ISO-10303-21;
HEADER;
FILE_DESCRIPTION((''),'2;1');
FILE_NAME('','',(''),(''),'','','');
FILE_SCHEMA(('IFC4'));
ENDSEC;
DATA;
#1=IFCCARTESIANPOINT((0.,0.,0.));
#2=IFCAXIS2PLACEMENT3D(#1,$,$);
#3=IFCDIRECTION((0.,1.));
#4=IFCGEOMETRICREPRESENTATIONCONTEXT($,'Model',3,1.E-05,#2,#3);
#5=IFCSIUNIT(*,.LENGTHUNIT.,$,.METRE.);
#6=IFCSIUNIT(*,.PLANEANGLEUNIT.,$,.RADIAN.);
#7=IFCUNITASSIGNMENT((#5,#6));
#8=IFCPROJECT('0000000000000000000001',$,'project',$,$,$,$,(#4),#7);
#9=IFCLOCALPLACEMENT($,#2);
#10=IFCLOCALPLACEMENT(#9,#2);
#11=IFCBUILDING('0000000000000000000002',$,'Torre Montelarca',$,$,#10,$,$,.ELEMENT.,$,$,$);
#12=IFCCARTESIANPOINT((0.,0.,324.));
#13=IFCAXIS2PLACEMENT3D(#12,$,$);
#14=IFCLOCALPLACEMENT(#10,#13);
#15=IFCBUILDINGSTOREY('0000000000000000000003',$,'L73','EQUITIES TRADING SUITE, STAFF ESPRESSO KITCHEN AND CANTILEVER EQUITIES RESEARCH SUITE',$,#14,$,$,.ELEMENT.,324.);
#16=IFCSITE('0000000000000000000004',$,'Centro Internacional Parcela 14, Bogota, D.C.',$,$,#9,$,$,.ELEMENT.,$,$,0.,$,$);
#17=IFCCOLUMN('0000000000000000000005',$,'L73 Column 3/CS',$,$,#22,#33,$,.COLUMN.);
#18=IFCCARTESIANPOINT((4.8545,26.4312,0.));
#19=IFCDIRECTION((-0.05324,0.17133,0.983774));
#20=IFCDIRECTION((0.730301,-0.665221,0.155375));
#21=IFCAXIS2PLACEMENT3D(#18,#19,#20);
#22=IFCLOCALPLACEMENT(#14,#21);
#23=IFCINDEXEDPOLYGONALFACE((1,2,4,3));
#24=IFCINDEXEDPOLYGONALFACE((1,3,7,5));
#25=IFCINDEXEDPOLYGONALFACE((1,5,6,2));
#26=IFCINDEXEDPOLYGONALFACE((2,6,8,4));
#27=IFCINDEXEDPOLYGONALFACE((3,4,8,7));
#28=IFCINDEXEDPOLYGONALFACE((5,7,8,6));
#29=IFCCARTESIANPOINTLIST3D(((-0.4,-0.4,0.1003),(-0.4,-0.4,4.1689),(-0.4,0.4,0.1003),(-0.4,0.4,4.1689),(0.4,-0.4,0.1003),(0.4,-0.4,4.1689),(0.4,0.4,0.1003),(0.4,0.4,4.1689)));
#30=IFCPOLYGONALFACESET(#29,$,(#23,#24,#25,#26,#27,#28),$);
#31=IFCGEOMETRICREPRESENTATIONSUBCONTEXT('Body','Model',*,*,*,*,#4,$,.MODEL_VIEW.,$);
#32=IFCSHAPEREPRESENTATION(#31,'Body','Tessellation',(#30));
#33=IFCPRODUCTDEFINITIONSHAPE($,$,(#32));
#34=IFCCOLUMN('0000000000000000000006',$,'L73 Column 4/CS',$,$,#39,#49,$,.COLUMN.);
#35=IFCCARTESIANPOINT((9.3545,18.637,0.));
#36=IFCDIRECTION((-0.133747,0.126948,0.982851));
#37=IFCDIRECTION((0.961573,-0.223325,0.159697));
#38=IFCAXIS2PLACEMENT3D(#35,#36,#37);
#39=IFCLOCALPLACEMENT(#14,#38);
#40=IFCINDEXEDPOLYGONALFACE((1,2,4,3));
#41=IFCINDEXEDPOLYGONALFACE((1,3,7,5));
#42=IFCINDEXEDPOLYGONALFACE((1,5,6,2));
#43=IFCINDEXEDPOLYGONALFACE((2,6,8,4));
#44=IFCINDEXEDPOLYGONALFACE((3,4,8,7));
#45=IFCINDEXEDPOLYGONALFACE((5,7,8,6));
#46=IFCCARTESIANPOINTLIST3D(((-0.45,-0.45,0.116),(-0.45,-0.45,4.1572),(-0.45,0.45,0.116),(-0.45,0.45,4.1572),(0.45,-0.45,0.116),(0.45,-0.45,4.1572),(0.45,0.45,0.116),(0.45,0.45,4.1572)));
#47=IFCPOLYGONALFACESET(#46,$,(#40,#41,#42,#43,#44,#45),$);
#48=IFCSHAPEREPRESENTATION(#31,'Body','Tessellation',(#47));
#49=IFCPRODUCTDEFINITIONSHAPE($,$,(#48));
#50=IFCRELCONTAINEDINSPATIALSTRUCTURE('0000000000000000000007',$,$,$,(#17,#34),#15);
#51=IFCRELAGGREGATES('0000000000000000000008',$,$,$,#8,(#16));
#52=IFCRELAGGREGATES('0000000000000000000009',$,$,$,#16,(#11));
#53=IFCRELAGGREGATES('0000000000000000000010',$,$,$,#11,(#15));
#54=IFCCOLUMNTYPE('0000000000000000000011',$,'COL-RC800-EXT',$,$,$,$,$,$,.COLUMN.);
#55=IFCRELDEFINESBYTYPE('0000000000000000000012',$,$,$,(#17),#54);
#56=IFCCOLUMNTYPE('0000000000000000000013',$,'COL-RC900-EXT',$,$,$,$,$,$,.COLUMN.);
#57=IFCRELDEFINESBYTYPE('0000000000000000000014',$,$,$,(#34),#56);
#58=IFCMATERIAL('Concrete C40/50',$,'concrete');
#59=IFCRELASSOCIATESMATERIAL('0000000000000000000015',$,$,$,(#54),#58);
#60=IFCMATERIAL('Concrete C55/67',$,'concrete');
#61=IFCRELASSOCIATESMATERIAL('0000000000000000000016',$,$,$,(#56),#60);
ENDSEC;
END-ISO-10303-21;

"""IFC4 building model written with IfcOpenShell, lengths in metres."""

from ifc_helpers import new_model, si_unit, direction, frame, origin, origin_2d, place, context, subcontext, project, spatial, rectangle, extrude, clip, halfspace, material, material_profile, profile_set, type_object, element, save


model = new_model("IFC4")

# Units and contexts
model_context = context("Model", 3, precision=1e-05, world=origin(), true_north=direction((0.0, 1.0)))
body_context = subcontext(model_context, "Body", "Model", "MODEL_VIEW")
ifc_project = project(units=[si_unit("LENGTHUNIT", "METRE"), si_unit("PLANEANGLEUNIT", "RADIAN")], contexts=[model_context])

# Site, building, storey
site_placement = place(None, origin())
site = spatial("IfcSite", under=ifc_project, at=site_placement, Name="Centro Internacional Parcela 14, Bogota, D.C.", CompositionType="ELEMENT", RefElevation=0.0)
building_placement = place(site_placement, origin())
building = spatial("IfcBuilding", under=site, at=building_placement, Name="Torre Montelarca", CompositionType="ELEMENT")
storey_placement = place(building_placement, frame((0.0, 0.0, 324.0)))
storey = spatial("IfcBuildingStorey", under=building, at=storey_placement, Name="L73", Description="EQUITIES TRADING SUITE, STAFF ESPRESSO KITCHEN AND CANTILEVER EQUITIES RESEARCH SUITE", CompositionType="ELEMENT", Elevation=324.0)

# Columns
ifc_material_1 = material(Name="Concrete C40/50", Category="concrete")
ifc_material_profile_1 = material_profile(ifc_material_1, rectangle(XDim=0.8, YDim=0.8, at=origin_2d()), Name="RC800X800", Category="concrete")
ifc_profile_set_1 = profile_set([ifc_material_profile_1], Name="Concrete C40/50")
column_type_1 = type_object("IfcColumnType", Name="COL-RC800-EXT", PredefinedType="COLUMN", material=ifc_profile_set_1)
column_1_placement = place(storey_placement, frame((4.8545, 26.4312, 0.0), z_axis=(-0.05324, 0.17133, 0.983774), x_axis=(0.730301, -0.665221, 0.155375)))
element("IfcColumn", 1, at=column_1_placement, inside=storey, type_object=column_type_1, Name="L73 Column 3/CS", PredefinedType="COLUMN", context=body_context, shape_type="Clipping", body=[
    clip(clip(extrude(rectangle(XDim=0.8, YDim=0.8, at=origin_2d()), origin(), (0.0, 0.0, 1.0), 4.2693), halfspace(frame((0.0, 0.0, 0.1003), z_axis=(0.0, 0.0, -1.0), x_axis=(1.0, 0.0, 0.0)), False)), halfspace(frame((0.0, 0.0, 4.1689), z_axis=(0.0, 0.0, 1.0), x_axis=(1.0, 0.0, 0.0)), False)),
])
ifc_material_2 = material(Name="Concrete C55/67", Category="concrete")
ifc_material_profile_2 = material_profile(ifc_material_2, rectangle(XDim=0.8999, YDim=0.8999, at=origin_2d()), Name="RC900X900", Category="concrete")
ifc_profile_set_2 = profile_set([ifc_material_profile_2], Name="Concrete C55/67")
column_type_2 = type_object("IfcColumnType", Name="COL-RC900-EXT", PredefinedType="COLUMN", material=ifc_profile_set_2)
column_2_placement = place(storey_placement, frame((9.3545, 18.637, 0.0), z_axis=(-0.133747, 0.126948, 0.982851), x_axis=(0.961573, -0.223325, 0.159697)))
element("IfcColumn", 2, at=column_2_placement, inside=storey, type_object=column_type_2, Name="L73 Column 4/CS", PredefinedType="COLUMN", context=body_context, shape_type="Clipping", body=[
    clip(clip(extrude(rectangle(XDim=0.8999, YDim=0.8999, at=origin_2d()), origin(), (0.0, 0.0, 1.0), 4.2732), halfspace(frame((0.0, 0.0, 0.116), z_axis=(0.0, 0.0, -1.0), x_axis=(1.0, 0.0, 0.0)), False)), halfspace(frame((0.0, 0.0, 4.1572), z_axis=(0.0, 0.0, 1.0), x_axis=(1.0, 0.0, 0.0)), False)),
])

save(model, "model.ifc")
